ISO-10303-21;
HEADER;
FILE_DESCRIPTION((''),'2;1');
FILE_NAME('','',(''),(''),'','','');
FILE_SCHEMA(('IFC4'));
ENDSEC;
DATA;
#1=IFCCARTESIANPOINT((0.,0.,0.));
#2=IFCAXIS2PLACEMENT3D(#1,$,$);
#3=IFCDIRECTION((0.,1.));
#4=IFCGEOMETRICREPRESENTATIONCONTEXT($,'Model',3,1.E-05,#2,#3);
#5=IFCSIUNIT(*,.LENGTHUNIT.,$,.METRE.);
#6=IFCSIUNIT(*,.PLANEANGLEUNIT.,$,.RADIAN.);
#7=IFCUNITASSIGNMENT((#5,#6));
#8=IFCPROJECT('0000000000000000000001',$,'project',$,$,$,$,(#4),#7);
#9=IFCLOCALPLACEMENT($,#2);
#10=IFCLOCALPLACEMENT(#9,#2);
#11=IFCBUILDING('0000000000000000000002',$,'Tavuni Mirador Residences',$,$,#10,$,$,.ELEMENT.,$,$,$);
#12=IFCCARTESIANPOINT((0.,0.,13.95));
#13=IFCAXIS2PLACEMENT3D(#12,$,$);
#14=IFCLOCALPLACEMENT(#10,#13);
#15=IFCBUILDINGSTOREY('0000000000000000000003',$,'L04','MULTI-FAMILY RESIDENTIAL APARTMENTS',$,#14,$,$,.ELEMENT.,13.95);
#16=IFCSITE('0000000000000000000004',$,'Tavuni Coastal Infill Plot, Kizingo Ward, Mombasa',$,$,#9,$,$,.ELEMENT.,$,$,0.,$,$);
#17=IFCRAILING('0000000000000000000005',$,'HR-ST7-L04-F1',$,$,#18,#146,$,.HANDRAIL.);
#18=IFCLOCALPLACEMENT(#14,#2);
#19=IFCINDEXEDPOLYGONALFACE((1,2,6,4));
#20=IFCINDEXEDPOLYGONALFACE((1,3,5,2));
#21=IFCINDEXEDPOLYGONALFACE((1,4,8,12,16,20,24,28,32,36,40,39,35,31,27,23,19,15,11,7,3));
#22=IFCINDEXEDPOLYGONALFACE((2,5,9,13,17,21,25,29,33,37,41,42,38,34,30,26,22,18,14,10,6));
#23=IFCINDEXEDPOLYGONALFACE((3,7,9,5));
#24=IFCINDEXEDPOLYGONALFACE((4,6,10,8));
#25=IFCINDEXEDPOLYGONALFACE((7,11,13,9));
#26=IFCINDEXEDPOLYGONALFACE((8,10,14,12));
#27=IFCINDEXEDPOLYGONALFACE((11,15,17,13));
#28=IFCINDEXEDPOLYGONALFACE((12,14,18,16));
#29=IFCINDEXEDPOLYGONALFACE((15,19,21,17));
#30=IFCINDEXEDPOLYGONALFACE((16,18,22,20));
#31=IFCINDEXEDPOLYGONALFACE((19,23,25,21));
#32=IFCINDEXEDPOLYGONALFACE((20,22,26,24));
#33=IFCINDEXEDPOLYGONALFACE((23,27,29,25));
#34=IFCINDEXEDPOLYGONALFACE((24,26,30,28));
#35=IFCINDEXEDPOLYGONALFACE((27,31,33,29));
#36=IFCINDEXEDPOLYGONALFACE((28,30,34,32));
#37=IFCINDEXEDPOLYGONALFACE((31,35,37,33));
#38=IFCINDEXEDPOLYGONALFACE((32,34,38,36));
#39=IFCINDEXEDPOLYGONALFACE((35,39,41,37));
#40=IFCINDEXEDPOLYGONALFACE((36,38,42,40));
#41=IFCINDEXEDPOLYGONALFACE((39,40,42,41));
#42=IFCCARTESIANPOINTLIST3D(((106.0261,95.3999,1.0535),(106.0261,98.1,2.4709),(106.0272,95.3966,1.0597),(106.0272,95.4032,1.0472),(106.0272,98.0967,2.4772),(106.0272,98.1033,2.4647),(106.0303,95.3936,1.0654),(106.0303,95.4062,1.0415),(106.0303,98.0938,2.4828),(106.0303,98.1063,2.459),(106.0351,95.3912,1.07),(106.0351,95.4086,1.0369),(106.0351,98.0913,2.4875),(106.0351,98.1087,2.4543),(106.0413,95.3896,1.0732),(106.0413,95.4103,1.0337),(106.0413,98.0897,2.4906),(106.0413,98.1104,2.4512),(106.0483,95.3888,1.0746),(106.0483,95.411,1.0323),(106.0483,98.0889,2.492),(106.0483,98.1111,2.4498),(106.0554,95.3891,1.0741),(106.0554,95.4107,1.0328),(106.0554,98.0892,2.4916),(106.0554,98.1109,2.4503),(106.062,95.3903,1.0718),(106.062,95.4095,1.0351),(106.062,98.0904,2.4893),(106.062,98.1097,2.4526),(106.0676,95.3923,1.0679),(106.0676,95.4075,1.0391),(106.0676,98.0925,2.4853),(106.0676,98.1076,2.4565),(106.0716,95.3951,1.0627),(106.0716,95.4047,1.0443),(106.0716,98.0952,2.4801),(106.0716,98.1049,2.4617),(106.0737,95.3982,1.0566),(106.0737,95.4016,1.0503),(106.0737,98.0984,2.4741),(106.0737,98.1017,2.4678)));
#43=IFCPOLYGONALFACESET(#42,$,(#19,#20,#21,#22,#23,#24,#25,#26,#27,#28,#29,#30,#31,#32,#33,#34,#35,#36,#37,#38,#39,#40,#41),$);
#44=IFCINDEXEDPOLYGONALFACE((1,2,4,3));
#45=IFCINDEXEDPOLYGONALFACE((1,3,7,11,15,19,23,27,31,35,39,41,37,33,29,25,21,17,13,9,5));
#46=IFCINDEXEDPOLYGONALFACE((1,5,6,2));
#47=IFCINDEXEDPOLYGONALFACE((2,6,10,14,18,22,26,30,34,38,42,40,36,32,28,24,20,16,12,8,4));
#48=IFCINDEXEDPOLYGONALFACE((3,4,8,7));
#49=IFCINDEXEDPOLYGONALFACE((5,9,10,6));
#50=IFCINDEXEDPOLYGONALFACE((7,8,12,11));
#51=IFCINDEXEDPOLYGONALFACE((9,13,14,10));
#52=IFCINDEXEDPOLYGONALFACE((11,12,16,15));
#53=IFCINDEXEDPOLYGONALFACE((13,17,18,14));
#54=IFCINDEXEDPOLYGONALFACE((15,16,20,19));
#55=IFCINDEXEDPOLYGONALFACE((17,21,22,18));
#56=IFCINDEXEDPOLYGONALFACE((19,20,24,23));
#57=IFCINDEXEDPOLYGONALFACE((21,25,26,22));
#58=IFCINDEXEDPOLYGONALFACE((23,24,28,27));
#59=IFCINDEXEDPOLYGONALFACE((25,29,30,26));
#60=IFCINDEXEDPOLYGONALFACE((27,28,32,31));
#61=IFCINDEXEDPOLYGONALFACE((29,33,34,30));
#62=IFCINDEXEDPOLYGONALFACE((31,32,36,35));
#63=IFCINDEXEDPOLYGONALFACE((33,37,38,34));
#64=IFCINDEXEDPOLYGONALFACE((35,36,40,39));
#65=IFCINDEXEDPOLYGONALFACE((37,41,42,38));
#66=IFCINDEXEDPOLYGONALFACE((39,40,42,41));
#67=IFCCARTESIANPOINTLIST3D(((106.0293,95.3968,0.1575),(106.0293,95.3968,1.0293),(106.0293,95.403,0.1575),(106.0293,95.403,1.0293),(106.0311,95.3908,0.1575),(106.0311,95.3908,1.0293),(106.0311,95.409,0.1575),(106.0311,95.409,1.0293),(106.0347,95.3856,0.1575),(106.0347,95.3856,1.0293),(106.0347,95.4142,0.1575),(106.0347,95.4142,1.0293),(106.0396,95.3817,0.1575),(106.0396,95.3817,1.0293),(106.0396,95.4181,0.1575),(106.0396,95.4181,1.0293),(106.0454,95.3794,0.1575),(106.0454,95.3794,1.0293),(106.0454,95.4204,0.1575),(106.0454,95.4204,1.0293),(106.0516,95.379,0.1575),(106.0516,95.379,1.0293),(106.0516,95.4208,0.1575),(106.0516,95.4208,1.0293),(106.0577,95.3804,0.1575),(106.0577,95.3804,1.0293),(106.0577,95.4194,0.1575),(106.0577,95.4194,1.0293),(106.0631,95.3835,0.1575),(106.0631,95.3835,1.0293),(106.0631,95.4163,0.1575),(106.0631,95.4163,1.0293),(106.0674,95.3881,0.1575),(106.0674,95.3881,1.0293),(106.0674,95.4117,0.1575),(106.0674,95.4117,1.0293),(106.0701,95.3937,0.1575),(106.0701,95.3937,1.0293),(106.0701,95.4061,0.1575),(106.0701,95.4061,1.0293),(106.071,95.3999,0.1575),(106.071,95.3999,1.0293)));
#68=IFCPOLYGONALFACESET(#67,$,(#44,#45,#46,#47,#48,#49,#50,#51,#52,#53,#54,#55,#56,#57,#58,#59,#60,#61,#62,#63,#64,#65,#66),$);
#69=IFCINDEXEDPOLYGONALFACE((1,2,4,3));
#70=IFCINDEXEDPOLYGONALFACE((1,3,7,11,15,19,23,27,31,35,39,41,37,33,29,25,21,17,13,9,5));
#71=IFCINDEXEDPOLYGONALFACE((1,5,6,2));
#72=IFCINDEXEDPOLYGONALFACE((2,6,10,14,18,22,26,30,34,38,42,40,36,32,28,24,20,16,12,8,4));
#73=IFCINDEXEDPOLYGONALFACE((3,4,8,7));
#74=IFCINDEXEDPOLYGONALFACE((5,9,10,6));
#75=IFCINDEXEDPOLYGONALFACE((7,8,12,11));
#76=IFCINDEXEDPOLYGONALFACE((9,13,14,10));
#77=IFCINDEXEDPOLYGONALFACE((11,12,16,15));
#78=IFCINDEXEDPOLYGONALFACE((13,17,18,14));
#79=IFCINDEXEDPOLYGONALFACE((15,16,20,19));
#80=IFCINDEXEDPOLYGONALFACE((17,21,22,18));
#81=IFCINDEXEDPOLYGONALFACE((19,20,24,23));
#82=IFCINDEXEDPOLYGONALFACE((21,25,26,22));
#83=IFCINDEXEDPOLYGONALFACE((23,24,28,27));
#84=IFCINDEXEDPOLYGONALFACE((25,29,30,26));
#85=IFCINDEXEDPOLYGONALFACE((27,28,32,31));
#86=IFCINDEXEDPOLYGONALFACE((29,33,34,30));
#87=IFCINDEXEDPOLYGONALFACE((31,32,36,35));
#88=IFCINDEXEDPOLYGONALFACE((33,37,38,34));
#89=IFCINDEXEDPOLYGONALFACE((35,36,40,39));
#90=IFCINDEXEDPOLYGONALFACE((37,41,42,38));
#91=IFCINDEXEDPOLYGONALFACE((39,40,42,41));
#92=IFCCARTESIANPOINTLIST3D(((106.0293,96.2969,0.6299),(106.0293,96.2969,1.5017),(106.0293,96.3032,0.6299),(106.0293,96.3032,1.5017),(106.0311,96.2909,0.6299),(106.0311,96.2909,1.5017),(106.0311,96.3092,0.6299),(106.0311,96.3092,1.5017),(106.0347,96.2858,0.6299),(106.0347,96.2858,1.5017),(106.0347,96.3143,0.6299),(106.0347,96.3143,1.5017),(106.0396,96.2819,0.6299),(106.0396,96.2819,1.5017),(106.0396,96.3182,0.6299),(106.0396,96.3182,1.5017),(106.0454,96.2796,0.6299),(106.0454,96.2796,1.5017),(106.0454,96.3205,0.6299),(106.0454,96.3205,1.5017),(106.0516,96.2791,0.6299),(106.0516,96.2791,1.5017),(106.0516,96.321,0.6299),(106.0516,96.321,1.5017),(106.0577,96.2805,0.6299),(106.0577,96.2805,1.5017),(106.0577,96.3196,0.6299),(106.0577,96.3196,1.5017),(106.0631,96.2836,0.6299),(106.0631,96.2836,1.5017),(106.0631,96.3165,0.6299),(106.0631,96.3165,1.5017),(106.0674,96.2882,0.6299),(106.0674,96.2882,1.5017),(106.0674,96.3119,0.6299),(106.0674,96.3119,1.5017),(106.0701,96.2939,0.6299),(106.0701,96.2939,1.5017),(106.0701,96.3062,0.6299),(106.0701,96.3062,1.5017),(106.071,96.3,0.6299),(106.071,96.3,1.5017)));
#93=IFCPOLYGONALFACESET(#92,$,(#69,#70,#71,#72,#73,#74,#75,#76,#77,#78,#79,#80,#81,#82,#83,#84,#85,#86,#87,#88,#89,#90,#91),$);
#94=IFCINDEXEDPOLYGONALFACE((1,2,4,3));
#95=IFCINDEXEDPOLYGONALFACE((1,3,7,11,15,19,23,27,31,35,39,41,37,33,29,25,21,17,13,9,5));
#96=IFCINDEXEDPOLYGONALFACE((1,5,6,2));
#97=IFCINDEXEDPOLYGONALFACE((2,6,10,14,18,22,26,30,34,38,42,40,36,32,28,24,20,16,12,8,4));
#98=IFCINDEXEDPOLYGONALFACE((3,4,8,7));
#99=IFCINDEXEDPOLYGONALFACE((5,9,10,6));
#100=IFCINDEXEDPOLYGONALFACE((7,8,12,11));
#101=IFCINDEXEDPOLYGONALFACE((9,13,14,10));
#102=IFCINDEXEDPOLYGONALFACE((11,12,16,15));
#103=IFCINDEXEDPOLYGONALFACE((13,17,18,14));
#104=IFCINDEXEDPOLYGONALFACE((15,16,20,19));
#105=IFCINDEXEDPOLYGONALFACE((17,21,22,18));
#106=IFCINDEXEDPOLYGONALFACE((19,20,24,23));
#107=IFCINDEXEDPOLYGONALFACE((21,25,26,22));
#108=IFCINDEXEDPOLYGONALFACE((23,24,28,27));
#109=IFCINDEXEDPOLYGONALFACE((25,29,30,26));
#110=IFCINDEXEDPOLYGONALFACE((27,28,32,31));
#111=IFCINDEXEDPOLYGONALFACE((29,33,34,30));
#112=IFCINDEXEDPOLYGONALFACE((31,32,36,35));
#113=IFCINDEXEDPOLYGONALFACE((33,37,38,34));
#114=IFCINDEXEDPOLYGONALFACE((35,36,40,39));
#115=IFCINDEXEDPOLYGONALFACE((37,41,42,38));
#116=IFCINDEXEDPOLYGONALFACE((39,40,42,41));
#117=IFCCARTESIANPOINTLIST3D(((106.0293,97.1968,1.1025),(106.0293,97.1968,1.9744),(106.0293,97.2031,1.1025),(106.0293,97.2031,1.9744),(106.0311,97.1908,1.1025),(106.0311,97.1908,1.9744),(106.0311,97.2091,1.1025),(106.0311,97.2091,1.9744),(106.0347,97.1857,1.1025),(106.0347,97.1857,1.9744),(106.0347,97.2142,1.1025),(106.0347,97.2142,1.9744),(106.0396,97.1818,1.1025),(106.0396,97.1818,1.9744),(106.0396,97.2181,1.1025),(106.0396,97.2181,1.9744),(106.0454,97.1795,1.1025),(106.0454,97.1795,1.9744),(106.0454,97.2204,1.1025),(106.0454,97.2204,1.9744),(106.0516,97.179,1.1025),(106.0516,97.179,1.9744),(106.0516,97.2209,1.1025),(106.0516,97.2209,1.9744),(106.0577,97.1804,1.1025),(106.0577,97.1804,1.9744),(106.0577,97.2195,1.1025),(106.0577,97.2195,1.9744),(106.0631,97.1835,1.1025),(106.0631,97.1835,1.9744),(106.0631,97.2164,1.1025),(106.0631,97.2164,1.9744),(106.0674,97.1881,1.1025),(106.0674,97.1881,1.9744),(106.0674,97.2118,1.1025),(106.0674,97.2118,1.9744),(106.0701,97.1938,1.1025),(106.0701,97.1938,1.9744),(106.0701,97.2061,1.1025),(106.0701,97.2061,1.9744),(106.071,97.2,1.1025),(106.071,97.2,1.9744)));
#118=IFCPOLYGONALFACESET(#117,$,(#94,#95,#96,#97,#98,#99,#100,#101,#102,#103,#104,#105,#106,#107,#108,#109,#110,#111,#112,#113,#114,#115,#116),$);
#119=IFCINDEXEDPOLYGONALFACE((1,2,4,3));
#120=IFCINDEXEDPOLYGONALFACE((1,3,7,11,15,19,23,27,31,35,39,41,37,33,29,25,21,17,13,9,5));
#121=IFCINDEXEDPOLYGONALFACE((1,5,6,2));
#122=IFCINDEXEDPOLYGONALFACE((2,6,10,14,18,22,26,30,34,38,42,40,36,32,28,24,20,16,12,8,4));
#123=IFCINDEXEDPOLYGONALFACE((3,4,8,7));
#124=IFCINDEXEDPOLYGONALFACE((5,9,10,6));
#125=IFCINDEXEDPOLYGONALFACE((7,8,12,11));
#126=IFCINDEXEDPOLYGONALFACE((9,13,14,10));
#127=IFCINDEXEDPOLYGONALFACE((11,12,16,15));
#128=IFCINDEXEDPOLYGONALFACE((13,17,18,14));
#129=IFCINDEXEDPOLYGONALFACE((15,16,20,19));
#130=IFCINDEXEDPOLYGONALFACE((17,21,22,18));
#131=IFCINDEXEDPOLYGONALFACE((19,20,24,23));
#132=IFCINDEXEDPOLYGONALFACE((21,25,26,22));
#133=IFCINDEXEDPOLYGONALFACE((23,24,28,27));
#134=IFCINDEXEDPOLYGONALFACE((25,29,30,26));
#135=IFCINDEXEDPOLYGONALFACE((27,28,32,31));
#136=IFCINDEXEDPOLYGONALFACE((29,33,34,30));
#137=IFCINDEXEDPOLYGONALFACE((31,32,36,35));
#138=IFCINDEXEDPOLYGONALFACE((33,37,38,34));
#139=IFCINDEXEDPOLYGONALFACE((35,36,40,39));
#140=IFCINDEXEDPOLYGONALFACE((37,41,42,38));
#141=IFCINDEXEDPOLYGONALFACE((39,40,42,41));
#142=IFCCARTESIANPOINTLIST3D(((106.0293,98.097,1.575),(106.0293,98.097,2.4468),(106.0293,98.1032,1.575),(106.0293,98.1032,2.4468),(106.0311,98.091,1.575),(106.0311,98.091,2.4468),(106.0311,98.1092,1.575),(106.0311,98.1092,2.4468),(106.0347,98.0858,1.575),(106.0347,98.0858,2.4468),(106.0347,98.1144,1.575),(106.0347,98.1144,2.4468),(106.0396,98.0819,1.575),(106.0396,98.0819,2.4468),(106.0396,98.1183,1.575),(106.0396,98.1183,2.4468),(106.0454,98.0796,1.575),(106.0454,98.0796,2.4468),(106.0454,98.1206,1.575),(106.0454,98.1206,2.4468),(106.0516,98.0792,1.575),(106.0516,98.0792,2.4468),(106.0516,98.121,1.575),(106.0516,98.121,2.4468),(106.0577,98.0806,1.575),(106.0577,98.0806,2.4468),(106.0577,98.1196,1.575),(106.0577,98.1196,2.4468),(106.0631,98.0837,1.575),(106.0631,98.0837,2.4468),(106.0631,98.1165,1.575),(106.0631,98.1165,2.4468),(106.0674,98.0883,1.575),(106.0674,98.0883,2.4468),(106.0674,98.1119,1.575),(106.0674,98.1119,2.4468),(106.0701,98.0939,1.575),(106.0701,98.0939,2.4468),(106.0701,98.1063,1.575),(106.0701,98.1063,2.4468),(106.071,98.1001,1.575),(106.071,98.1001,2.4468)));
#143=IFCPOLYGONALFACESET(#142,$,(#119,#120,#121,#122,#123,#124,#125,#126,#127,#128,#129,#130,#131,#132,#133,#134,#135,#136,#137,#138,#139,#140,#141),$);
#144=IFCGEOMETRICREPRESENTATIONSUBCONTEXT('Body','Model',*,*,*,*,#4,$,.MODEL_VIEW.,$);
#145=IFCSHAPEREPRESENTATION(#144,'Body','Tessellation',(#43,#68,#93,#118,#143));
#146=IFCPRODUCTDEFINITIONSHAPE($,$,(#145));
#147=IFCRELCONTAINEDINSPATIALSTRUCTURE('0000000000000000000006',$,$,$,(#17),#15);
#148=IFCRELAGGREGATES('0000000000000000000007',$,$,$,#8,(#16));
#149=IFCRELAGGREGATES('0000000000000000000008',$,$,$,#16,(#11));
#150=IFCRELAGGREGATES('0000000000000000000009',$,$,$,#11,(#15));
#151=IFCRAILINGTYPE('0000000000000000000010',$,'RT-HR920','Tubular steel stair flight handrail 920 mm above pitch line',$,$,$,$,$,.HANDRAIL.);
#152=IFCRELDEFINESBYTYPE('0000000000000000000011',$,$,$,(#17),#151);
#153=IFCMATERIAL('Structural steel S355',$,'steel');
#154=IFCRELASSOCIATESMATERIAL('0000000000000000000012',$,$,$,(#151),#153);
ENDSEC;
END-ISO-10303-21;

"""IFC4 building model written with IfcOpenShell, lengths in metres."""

from ifc_helpers import new_model, si_unit, direction, frame, origin, origin_2d, place, context, subcontext, project, spatial, circle, extrude, material, type_object, element, save


model = new_model("IFC4")

# Units and contexts
model_context = context("Model", 3, precision=1e-05, world=origin(), true_north=direction((0.0, 1.0)))
body_context = subcontext(model_context, "Body", "Model", "MODEL_VIEW")
ifc_project = project(units=[si_unit("LENGTHUNIT", "METRE"), si_unit("PLANEANGLEUNIT", "RADIAN")], contexts=[model_context])

# Site, building, storey
site_placement = place(None, origin())
site = spatial("IfcSite", under=ifc_project, at=site_placement, Name="Tavuni Coastal Infill Plot, Kizingo Ward, Mombasa", CompositionType="ELEMENT", RefElevation=0.0)
building_placement = place(site_placement, origin())
building = spatial("IfcBuilding", under=site, at=building_placement, Name="Tavuni Mirador Residences", CompositionType="ELEMENT")
storey_placement = place(building_placement, frame((0.0, 0.0, 13.95)))
storey = spatial("IfcBuildingStorey", under=building, at=storey_placement, Name="L04", Description="MULTI-FAMILY RESIDENTIAL APARTMENTS", CompositionType="ELEMENT", Elevation=13.95)

# Railing
ifc_material_1 = material(Name="Structural steel S355", Category="steel")
railing_type = type_object("IfcRailingType", Name="RT-HR920", Description="Tubular steel stair flight handrail 920 mm above pitch line", PredefinedType="HANDRAIL", material=ifc_material_1)
railing_placement = place(storey_placement, frame((106.05, 95.3999, 0.1575)))
element("IfcRailing", 1, at=railing_placement, inside=storey, type_object=railing_type, Name="HR-ST7-L04-F1", PredefinedType="HANDRAIL", context=body_context, shape_type="SweptSolid", body=[
    extrude(circle(Radius=0.0239, at=origin_2d()), frame((0.0, 0.0, 0.896), z_axis=(0.0, 0.885414, 0.464803), x_axis=(-1.0, 0.0, 0.0)), (0.0, 0.0, 1.0), 3.0496),
    extrude(circle(Radius=0.021, at=origin_2d()), origin(), (0.0, 0.0, 1.0), 0.8718),
    extrude(circle(Radius=0.021, at=origin_2d()), frame((0.0, 0.9001, 0.4724)), (0.0, 0.0, 1.0), 0.8718),
    extrude(circle(Radius=0.021, at=origin_2d()), frame((0.0, 1.8, 0.9451)), (0.0, 0.0, 1.0), 0.8718),
    extrude(circle(Radius=0.021, at=origin_2d()), frame((0.0, 2.7002, 1.4175)), (0.0, 0.0, 1.0), 0.8718),
])

save(model, "model.ifc")
